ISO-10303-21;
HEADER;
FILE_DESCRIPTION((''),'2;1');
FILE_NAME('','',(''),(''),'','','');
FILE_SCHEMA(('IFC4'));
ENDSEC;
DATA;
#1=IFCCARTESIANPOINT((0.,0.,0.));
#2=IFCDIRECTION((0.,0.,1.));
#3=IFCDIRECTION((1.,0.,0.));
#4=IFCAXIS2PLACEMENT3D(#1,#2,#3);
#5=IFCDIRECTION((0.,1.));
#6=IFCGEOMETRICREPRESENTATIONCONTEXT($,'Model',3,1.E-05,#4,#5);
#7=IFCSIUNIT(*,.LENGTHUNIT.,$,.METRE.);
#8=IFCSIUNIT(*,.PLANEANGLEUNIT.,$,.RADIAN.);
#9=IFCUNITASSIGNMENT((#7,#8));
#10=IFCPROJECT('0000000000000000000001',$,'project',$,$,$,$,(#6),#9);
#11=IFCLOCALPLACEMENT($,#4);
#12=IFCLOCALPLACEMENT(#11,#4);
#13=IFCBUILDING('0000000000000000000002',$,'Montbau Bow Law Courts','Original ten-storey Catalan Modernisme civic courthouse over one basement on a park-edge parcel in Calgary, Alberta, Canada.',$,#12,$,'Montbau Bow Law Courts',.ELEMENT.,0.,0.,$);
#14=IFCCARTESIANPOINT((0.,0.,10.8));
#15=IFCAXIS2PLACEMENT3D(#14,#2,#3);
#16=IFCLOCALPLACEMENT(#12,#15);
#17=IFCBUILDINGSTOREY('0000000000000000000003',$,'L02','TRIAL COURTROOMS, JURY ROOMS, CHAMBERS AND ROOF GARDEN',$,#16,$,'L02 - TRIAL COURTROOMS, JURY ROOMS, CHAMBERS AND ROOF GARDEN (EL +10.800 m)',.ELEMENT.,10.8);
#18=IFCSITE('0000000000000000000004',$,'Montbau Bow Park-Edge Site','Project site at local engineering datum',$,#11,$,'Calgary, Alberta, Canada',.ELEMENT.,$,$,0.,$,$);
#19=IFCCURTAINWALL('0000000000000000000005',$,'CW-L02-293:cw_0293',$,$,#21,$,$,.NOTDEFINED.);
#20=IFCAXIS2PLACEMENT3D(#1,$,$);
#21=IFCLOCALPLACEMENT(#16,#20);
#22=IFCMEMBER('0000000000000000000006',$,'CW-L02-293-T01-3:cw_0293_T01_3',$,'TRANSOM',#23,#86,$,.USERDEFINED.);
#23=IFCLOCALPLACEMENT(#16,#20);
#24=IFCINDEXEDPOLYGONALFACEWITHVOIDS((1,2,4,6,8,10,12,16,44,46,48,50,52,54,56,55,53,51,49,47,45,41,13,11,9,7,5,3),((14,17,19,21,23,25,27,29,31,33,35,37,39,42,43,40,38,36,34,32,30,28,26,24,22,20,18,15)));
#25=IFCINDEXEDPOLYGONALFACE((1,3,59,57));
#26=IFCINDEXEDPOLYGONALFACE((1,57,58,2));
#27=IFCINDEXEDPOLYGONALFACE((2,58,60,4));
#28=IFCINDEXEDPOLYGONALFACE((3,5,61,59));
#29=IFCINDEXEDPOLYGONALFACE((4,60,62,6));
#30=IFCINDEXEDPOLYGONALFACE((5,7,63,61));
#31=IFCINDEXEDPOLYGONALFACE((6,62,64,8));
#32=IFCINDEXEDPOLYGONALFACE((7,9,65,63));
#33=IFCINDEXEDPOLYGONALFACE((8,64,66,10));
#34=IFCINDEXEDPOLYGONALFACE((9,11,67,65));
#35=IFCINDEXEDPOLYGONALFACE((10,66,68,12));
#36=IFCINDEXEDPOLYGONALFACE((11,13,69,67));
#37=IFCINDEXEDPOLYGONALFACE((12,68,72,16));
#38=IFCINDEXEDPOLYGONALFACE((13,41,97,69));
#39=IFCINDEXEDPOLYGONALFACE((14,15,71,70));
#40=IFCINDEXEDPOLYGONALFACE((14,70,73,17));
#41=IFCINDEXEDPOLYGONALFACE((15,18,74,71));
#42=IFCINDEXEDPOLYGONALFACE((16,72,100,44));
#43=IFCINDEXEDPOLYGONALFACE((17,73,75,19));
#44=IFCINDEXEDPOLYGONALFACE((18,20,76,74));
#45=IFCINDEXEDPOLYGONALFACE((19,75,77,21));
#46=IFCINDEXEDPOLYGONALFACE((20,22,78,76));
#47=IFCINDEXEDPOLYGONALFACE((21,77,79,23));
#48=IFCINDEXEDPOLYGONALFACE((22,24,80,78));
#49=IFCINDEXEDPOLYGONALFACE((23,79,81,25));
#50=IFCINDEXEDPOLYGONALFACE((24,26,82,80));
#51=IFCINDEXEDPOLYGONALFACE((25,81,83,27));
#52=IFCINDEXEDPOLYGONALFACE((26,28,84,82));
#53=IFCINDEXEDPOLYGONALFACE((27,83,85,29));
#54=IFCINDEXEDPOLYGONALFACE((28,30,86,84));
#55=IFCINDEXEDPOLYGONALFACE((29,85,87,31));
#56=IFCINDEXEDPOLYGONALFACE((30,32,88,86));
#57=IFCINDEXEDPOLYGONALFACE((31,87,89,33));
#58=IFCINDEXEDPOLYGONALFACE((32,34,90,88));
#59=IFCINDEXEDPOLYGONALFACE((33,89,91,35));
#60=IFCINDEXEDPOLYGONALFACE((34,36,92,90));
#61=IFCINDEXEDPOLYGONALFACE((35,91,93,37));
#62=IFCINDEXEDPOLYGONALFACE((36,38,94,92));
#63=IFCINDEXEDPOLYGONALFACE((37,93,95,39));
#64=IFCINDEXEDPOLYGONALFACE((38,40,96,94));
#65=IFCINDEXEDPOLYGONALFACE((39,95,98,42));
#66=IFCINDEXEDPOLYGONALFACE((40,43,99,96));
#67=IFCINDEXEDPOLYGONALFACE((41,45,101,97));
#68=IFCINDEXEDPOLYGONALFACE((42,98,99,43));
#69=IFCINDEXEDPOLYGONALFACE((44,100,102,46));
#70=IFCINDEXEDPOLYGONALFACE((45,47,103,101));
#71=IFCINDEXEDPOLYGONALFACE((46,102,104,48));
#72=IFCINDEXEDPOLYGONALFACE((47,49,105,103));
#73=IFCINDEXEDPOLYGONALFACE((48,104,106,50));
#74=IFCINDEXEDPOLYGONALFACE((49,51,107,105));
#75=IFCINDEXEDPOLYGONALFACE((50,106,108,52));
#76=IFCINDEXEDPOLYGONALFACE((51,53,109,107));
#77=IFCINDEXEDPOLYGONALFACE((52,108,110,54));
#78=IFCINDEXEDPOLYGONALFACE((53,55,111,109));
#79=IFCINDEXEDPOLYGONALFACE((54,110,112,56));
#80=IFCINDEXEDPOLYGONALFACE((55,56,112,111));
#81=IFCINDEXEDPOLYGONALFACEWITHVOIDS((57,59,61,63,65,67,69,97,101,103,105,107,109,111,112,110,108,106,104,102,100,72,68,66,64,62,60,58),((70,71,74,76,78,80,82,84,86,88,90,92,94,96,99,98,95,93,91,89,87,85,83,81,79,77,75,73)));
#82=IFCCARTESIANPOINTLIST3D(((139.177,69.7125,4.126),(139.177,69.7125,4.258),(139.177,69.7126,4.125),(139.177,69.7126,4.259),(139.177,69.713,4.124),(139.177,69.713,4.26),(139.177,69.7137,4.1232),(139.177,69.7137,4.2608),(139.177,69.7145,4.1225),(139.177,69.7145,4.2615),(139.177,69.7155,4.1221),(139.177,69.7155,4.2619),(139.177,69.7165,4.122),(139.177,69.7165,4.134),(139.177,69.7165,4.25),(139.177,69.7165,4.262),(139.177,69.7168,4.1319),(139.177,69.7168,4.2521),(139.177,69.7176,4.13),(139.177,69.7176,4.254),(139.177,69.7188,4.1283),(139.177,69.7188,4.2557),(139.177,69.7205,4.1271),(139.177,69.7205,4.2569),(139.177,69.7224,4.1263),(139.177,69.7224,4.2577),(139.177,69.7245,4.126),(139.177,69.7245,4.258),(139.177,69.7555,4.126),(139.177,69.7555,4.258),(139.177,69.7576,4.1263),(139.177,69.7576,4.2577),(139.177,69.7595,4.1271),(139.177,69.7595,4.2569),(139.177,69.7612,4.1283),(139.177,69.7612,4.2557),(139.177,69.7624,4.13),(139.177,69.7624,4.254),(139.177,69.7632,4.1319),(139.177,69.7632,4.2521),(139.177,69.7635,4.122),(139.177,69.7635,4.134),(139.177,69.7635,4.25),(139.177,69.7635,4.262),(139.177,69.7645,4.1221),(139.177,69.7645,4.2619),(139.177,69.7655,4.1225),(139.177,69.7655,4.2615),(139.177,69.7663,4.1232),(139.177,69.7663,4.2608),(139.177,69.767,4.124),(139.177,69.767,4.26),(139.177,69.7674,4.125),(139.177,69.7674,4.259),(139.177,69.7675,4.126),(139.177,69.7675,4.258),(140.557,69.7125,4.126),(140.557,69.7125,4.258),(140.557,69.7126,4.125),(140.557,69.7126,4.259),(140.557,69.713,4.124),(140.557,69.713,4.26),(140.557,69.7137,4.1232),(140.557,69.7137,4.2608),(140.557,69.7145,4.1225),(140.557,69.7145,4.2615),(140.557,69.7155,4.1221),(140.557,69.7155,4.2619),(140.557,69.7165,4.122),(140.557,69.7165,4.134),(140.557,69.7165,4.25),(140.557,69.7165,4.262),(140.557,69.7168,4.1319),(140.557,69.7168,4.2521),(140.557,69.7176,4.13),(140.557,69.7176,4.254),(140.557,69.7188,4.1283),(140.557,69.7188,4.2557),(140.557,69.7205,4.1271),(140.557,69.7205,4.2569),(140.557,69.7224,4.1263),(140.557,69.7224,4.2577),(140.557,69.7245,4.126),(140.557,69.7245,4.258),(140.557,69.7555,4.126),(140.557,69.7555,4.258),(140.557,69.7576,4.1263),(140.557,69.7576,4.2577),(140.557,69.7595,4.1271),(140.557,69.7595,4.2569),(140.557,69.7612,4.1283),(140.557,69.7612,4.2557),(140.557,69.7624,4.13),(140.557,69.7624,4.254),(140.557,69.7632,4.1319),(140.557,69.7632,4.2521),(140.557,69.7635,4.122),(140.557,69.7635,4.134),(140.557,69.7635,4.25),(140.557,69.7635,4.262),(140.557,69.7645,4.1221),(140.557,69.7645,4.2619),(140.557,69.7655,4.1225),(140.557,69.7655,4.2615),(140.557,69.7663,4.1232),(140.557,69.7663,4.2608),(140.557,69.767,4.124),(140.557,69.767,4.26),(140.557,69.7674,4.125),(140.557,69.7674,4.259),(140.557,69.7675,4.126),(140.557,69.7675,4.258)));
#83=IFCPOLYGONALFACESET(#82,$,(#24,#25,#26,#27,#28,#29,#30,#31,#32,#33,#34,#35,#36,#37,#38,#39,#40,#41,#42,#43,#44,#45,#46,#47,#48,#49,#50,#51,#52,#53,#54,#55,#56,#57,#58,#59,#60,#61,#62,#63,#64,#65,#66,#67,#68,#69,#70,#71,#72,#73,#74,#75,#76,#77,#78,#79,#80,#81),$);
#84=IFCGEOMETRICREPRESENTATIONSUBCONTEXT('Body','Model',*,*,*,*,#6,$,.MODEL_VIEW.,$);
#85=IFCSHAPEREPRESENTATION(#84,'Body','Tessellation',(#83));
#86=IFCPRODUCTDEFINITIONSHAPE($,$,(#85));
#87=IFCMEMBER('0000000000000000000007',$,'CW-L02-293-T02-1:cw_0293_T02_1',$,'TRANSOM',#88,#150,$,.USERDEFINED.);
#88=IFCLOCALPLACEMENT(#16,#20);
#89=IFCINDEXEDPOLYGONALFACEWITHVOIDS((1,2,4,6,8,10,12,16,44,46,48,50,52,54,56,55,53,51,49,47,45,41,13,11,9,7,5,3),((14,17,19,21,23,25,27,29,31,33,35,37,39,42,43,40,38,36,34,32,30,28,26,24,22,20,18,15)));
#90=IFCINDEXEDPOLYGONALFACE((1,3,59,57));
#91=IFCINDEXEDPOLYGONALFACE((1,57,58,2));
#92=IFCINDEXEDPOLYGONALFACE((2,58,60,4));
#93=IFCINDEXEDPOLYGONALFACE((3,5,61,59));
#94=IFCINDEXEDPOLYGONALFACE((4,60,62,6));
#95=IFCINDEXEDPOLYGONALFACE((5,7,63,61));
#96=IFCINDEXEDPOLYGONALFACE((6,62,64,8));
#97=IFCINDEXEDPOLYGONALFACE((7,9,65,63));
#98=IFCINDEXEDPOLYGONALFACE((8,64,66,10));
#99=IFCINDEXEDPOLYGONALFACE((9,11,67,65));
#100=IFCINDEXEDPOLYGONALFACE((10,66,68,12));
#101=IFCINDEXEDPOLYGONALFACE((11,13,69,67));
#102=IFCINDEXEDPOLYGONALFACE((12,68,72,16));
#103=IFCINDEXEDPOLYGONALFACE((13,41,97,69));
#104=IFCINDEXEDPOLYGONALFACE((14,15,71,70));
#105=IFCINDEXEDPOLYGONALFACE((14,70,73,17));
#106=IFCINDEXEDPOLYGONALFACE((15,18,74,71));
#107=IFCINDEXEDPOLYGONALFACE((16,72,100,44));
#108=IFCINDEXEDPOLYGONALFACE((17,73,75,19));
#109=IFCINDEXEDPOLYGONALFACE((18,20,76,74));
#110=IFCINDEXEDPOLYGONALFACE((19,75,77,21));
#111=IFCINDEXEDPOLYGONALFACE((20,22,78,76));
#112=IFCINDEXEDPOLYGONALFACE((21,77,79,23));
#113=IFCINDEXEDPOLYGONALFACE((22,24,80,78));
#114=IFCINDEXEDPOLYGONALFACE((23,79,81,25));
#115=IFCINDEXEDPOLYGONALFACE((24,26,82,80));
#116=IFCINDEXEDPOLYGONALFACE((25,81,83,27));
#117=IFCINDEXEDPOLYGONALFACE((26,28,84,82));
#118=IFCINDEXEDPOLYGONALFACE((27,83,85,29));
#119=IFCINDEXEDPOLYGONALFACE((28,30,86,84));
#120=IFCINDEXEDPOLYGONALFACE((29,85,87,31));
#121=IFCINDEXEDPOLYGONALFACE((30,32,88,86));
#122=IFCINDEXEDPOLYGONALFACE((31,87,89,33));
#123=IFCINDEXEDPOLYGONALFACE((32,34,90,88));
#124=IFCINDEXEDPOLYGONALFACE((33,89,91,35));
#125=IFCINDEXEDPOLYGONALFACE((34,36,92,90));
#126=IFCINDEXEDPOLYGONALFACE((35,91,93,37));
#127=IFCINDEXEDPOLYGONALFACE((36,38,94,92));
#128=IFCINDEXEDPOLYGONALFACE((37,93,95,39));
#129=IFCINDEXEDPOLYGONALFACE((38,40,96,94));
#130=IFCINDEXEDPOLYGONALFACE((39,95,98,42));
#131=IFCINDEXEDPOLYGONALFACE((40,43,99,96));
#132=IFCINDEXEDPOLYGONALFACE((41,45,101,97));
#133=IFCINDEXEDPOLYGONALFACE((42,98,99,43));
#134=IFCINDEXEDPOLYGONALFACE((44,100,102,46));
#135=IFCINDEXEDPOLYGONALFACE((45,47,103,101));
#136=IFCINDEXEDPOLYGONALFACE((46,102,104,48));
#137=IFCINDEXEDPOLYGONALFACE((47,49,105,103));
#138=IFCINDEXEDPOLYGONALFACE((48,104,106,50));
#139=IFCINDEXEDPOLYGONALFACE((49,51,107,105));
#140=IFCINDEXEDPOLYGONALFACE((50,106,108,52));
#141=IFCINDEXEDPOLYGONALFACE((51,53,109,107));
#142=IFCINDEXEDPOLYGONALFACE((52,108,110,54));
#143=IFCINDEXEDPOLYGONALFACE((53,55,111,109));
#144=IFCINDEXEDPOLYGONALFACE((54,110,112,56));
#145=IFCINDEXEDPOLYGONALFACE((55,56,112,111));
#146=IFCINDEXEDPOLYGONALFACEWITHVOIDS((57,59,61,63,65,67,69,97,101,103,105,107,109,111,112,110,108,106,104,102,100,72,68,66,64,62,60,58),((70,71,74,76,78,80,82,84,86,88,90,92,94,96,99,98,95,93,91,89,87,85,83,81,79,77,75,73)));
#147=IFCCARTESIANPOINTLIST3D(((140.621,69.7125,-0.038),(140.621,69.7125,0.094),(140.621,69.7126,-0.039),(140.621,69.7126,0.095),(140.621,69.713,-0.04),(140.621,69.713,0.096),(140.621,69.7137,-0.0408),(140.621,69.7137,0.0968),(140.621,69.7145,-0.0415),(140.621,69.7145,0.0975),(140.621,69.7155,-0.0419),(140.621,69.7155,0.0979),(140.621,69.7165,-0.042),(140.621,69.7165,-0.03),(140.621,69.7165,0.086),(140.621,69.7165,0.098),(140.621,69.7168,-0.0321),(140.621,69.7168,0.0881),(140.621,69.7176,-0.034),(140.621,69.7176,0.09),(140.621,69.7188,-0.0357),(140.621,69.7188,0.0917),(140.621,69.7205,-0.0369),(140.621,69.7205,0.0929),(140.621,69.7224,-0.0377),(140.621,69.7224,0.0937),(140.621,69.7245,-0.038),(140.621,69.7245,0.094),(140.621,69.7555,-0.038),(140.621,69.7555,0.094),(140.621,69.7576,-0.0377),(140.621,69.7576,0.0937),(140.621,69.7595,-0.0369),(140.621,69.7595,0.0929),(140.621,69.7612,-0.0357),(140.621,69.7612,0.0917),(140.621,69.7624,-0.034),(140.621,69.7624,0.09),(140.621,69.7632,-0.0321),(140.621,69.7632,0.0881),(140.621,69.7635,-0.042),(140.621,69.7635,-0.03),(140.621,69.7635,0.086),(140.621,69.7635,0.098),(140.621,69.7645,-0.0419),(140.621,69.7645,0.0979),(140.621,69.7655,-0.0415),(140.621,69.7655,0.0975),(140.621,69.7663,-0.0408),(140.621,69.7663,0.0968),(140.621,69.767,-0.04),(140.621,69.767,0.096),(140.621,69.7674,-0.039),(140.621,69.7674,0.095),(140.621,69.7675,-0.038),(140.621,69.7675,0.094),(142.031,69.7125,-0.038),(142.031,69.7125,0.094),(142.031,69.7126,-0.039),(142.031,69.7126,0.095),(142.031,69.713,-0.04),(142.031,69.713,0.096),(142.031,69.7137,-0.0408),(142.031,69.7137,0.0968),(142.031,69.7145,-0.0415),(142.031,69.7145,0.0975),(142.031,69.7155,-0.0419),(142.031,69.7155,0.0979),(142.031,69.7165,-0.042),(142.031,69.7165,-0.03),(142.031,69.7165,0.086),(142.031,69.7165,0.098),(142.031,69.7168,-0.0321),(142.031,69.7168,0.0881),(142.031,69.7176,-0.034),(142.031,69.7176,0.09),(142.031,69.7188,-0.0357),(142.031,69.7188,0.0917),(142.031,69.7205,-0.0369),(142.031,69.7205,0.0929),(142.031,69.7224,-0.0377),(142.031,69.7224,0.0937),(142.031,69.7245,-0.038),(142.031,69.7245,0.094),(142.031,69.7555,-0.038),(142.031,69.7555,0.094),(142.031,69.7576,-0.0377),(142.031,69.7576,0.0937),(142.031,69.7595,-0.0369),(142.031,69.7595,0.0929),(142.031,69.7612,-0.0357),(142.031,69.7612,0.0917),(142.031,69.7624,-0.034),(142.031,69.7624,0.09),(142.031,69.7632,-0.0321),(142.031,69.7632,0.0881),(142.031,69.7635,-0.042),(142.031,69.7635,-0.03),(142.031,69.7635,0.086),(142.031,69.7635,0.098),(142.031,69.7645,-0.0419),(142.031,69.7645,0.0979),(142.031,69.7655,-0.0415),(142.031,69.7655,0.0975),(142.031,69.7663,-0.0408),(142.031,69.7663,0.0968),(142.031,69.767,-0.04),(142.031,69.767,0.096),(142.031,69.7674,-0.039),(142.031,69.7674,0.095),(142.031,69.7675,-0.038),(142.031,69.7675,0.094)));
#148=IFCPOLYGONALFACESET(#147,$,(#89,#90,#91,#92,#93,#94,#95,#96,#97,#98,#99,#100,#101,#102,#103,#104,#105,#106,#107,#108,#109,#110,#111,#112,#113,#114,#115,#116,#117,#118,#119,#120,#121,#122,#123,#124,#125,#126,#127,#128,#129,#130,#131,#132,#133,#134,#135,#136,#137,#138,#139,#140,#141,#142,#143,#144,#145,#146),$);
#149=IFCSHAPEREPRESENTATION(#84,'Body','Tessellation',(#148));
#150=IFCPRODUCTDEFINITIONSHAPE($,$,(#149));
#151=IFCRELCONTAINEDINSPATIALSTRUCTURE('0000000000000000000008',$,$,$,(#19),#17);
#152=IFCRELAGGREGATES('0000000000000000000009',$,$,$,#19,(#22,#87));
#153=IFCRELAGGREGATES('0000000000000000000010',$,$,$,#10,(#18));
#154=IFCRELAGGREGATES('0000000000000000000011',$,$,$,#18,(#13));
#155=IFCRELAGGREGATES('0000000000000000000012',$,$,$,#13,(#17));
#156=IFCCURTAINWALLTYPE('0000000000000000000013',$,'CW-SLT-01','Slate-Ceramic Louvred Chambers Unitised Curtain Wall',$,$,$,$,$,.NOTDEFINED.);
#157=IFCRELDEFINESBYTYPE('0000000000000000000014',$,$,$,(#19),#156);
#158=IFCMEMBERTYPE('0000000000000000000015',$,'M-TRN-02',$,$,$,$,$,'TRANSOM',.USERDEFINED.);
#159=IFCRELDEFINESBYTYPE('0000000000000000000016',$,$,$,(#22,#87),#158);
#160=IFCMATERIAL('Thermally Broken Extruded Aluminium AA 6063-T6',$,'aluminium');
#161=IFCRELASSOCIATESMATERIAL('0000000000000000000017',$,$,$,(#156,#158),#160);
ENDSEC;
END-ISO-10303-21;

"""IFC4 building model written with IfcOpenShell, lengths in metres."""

from ifc_helpers import new_model, si_unit, direction, frame, origin_with_axes, origin_2d_with_axis, place, context, subcontext, project, spatial, hollow_rectangle, extrude, material, material_profile, profile_set, type_object, element, aggregate, save


model = new_model("IFC4")

# Units and contexts
model_context = context("Model", 3, precision=1e-05, world=origin_with_axes(), true_north=direction((0.0, 1.0)))
body_context = subcontext(model_context, "Body", "Model", "MODEL_VIEW")
ifc_project = project(units=[si_unit("LENGTHUNIT", "METRE"), si_unit("PLANEANGLEUNIT", "RADIAN")], contexts=[model_context])

# Site, building, storey
site_placement = place(None, origin_with_axes())
site = spatial("IfcSite", under=ifc_project, at=site_placement, Name="Montbau Bow Park-Edge Site", Description="Project site at local engineering datum", LongName="Calgary, Alberta, Canada", CompositionType="ELEMENT", RefElevation=0.0)
building_placement = place(site_placement, origin_with_axes())
building = spatial("IfcBuilding", under=site, at=building_placement, Name="Montbau Bow Law Courts", Description="Original ten-storey Catalan Modernisme civic courthouse over one basement on a park-edge parcel in Calgary, Alberta, Canada.", LongName="Montbau Bow Law Courts", CompositionType="ELEMENT", ElevationOfRefHeight=0.0, ElevationOfTerrain=0.0)
storey_placement = place(building_placement, frame((0.0, 0.0, 10.8), z_axis=(0.0, 0.0, 1.0), x_axis=(1.0, 0.0, 0.0)))
storey = spatial("IfcBuildingStorey", under=building, at=storey_placement, Name="L02", Description="TRIAL COURTROOMS, JURY ROOMS, CHAMBERS AND ROOF GARDEN", LongName="L02 - TRIAL COURTROOMS, JURY ROOMS, CHAMBERS AND ROOF GARDEN (EL +10.800 m)", CompositionType="ELEMENT", Elevation=10.8)

# Shared definitions
ifc_material_1 = material(Name="Thermally Broken Extruded Aluminium AA 6063-T6", Category="aluminium")
curtain_wall_type = type_object("IfcCurtainWallType", Name="CW-SLT-01", Description="Slate-Ceramic Louvred Chambers Unitised Curtain Wall", PredefinedType="NOTDEFINED", material=ifc_material_1)

# Curtain wall, members
curtain_wall_1_placement = place(None, frame((139.115, 69.74, 10.8), z_axis=(0.0, 0.0, 1.0), x_axis=(1.0, 0.0, 0.0)))
curtain_wall_1 = element("IfcCurtainWall", 1, at=curtain_wall_1_placement, inside=storey, type_object=curtain_wall_type, Name="CW-L02-293:cw_0293", PredefinedType="NOTDEFINED")
ifc_material_profile_1 = material_profile(ifc_material_1, hollow_rectangle(XDim=0.055, YDim=0.14, WallThickness=0.004, InnerFilletRadius=0.008, OuterFilletRadius=0.004, at=origin_2d_with_axis()), Name="CWT-140X55", Category="Main", Priority=0)
ifc_profile_set_1 = profile_set([ifc_material_profile_1], Name="Thermally Broken Extruded Aluminium AA 6063-T6")
member_type_1 = type_object("IfcMemberType", Name="M-TRN-02", ElementType="TRANSOM", PredefinedType="USERDEFINED", material=ifc_profile_set_1)
member_1_placement = place(None, frame((139.177, 69.74, 14.992), z_axis=(1.0, 0.0, 0.0), x_axis=(0.0, 1.0, 0.0)))
member_1 = element("IfcMember", 2, at=member_1_placement, type_object=member_type_1, Name="CW-L02-293-T01-3:cw_0293_T01_3", ObjectType="TRANSOM", PredefinedType="USERDEFINED", context=body_context, shape_type="SweptSolid", body=[
    extrude(hollow_rectangle(XDim=0.055, YDim=0.14, WallThickness=0.004, InnerFilletRadius=0.008, OuterFilletRadius=0.004, at=origin_2d_with_axis()), origin_with_axes(), (0.0, 0.0, 1.0), 1.38),
])
member_2_placement = place(None, frame((140.621, 69.74, 10.828), z_axis=(1.0, 0.0, 0.0), x_axis=(0.0, 1.0, 0.0)))
member_2 = element("IfcMember", 3, at=member_2_placement, type_object=member_type_1, Name="CW-L02-293-T02-1:cw_0293_T02_1", ObjectType="TRANSOM", PredefinedType="USERDEFINED", context=body_context, shape_type="SweptSolid", body=[
    extrude(hollow_rectangle(XDim=0.055, YDim=0.14, WallThickness=0.004, InnerFilletRadius=0.008, OuterFilletRadius=0.004, at=origin_2d_with_axis()), origin_with_axes(), (0.0, 0.0, 1.0), 1.41),
])

aggregate(curtain_wall_1, [member_1, member_2])

save(model, "model.ifc")
